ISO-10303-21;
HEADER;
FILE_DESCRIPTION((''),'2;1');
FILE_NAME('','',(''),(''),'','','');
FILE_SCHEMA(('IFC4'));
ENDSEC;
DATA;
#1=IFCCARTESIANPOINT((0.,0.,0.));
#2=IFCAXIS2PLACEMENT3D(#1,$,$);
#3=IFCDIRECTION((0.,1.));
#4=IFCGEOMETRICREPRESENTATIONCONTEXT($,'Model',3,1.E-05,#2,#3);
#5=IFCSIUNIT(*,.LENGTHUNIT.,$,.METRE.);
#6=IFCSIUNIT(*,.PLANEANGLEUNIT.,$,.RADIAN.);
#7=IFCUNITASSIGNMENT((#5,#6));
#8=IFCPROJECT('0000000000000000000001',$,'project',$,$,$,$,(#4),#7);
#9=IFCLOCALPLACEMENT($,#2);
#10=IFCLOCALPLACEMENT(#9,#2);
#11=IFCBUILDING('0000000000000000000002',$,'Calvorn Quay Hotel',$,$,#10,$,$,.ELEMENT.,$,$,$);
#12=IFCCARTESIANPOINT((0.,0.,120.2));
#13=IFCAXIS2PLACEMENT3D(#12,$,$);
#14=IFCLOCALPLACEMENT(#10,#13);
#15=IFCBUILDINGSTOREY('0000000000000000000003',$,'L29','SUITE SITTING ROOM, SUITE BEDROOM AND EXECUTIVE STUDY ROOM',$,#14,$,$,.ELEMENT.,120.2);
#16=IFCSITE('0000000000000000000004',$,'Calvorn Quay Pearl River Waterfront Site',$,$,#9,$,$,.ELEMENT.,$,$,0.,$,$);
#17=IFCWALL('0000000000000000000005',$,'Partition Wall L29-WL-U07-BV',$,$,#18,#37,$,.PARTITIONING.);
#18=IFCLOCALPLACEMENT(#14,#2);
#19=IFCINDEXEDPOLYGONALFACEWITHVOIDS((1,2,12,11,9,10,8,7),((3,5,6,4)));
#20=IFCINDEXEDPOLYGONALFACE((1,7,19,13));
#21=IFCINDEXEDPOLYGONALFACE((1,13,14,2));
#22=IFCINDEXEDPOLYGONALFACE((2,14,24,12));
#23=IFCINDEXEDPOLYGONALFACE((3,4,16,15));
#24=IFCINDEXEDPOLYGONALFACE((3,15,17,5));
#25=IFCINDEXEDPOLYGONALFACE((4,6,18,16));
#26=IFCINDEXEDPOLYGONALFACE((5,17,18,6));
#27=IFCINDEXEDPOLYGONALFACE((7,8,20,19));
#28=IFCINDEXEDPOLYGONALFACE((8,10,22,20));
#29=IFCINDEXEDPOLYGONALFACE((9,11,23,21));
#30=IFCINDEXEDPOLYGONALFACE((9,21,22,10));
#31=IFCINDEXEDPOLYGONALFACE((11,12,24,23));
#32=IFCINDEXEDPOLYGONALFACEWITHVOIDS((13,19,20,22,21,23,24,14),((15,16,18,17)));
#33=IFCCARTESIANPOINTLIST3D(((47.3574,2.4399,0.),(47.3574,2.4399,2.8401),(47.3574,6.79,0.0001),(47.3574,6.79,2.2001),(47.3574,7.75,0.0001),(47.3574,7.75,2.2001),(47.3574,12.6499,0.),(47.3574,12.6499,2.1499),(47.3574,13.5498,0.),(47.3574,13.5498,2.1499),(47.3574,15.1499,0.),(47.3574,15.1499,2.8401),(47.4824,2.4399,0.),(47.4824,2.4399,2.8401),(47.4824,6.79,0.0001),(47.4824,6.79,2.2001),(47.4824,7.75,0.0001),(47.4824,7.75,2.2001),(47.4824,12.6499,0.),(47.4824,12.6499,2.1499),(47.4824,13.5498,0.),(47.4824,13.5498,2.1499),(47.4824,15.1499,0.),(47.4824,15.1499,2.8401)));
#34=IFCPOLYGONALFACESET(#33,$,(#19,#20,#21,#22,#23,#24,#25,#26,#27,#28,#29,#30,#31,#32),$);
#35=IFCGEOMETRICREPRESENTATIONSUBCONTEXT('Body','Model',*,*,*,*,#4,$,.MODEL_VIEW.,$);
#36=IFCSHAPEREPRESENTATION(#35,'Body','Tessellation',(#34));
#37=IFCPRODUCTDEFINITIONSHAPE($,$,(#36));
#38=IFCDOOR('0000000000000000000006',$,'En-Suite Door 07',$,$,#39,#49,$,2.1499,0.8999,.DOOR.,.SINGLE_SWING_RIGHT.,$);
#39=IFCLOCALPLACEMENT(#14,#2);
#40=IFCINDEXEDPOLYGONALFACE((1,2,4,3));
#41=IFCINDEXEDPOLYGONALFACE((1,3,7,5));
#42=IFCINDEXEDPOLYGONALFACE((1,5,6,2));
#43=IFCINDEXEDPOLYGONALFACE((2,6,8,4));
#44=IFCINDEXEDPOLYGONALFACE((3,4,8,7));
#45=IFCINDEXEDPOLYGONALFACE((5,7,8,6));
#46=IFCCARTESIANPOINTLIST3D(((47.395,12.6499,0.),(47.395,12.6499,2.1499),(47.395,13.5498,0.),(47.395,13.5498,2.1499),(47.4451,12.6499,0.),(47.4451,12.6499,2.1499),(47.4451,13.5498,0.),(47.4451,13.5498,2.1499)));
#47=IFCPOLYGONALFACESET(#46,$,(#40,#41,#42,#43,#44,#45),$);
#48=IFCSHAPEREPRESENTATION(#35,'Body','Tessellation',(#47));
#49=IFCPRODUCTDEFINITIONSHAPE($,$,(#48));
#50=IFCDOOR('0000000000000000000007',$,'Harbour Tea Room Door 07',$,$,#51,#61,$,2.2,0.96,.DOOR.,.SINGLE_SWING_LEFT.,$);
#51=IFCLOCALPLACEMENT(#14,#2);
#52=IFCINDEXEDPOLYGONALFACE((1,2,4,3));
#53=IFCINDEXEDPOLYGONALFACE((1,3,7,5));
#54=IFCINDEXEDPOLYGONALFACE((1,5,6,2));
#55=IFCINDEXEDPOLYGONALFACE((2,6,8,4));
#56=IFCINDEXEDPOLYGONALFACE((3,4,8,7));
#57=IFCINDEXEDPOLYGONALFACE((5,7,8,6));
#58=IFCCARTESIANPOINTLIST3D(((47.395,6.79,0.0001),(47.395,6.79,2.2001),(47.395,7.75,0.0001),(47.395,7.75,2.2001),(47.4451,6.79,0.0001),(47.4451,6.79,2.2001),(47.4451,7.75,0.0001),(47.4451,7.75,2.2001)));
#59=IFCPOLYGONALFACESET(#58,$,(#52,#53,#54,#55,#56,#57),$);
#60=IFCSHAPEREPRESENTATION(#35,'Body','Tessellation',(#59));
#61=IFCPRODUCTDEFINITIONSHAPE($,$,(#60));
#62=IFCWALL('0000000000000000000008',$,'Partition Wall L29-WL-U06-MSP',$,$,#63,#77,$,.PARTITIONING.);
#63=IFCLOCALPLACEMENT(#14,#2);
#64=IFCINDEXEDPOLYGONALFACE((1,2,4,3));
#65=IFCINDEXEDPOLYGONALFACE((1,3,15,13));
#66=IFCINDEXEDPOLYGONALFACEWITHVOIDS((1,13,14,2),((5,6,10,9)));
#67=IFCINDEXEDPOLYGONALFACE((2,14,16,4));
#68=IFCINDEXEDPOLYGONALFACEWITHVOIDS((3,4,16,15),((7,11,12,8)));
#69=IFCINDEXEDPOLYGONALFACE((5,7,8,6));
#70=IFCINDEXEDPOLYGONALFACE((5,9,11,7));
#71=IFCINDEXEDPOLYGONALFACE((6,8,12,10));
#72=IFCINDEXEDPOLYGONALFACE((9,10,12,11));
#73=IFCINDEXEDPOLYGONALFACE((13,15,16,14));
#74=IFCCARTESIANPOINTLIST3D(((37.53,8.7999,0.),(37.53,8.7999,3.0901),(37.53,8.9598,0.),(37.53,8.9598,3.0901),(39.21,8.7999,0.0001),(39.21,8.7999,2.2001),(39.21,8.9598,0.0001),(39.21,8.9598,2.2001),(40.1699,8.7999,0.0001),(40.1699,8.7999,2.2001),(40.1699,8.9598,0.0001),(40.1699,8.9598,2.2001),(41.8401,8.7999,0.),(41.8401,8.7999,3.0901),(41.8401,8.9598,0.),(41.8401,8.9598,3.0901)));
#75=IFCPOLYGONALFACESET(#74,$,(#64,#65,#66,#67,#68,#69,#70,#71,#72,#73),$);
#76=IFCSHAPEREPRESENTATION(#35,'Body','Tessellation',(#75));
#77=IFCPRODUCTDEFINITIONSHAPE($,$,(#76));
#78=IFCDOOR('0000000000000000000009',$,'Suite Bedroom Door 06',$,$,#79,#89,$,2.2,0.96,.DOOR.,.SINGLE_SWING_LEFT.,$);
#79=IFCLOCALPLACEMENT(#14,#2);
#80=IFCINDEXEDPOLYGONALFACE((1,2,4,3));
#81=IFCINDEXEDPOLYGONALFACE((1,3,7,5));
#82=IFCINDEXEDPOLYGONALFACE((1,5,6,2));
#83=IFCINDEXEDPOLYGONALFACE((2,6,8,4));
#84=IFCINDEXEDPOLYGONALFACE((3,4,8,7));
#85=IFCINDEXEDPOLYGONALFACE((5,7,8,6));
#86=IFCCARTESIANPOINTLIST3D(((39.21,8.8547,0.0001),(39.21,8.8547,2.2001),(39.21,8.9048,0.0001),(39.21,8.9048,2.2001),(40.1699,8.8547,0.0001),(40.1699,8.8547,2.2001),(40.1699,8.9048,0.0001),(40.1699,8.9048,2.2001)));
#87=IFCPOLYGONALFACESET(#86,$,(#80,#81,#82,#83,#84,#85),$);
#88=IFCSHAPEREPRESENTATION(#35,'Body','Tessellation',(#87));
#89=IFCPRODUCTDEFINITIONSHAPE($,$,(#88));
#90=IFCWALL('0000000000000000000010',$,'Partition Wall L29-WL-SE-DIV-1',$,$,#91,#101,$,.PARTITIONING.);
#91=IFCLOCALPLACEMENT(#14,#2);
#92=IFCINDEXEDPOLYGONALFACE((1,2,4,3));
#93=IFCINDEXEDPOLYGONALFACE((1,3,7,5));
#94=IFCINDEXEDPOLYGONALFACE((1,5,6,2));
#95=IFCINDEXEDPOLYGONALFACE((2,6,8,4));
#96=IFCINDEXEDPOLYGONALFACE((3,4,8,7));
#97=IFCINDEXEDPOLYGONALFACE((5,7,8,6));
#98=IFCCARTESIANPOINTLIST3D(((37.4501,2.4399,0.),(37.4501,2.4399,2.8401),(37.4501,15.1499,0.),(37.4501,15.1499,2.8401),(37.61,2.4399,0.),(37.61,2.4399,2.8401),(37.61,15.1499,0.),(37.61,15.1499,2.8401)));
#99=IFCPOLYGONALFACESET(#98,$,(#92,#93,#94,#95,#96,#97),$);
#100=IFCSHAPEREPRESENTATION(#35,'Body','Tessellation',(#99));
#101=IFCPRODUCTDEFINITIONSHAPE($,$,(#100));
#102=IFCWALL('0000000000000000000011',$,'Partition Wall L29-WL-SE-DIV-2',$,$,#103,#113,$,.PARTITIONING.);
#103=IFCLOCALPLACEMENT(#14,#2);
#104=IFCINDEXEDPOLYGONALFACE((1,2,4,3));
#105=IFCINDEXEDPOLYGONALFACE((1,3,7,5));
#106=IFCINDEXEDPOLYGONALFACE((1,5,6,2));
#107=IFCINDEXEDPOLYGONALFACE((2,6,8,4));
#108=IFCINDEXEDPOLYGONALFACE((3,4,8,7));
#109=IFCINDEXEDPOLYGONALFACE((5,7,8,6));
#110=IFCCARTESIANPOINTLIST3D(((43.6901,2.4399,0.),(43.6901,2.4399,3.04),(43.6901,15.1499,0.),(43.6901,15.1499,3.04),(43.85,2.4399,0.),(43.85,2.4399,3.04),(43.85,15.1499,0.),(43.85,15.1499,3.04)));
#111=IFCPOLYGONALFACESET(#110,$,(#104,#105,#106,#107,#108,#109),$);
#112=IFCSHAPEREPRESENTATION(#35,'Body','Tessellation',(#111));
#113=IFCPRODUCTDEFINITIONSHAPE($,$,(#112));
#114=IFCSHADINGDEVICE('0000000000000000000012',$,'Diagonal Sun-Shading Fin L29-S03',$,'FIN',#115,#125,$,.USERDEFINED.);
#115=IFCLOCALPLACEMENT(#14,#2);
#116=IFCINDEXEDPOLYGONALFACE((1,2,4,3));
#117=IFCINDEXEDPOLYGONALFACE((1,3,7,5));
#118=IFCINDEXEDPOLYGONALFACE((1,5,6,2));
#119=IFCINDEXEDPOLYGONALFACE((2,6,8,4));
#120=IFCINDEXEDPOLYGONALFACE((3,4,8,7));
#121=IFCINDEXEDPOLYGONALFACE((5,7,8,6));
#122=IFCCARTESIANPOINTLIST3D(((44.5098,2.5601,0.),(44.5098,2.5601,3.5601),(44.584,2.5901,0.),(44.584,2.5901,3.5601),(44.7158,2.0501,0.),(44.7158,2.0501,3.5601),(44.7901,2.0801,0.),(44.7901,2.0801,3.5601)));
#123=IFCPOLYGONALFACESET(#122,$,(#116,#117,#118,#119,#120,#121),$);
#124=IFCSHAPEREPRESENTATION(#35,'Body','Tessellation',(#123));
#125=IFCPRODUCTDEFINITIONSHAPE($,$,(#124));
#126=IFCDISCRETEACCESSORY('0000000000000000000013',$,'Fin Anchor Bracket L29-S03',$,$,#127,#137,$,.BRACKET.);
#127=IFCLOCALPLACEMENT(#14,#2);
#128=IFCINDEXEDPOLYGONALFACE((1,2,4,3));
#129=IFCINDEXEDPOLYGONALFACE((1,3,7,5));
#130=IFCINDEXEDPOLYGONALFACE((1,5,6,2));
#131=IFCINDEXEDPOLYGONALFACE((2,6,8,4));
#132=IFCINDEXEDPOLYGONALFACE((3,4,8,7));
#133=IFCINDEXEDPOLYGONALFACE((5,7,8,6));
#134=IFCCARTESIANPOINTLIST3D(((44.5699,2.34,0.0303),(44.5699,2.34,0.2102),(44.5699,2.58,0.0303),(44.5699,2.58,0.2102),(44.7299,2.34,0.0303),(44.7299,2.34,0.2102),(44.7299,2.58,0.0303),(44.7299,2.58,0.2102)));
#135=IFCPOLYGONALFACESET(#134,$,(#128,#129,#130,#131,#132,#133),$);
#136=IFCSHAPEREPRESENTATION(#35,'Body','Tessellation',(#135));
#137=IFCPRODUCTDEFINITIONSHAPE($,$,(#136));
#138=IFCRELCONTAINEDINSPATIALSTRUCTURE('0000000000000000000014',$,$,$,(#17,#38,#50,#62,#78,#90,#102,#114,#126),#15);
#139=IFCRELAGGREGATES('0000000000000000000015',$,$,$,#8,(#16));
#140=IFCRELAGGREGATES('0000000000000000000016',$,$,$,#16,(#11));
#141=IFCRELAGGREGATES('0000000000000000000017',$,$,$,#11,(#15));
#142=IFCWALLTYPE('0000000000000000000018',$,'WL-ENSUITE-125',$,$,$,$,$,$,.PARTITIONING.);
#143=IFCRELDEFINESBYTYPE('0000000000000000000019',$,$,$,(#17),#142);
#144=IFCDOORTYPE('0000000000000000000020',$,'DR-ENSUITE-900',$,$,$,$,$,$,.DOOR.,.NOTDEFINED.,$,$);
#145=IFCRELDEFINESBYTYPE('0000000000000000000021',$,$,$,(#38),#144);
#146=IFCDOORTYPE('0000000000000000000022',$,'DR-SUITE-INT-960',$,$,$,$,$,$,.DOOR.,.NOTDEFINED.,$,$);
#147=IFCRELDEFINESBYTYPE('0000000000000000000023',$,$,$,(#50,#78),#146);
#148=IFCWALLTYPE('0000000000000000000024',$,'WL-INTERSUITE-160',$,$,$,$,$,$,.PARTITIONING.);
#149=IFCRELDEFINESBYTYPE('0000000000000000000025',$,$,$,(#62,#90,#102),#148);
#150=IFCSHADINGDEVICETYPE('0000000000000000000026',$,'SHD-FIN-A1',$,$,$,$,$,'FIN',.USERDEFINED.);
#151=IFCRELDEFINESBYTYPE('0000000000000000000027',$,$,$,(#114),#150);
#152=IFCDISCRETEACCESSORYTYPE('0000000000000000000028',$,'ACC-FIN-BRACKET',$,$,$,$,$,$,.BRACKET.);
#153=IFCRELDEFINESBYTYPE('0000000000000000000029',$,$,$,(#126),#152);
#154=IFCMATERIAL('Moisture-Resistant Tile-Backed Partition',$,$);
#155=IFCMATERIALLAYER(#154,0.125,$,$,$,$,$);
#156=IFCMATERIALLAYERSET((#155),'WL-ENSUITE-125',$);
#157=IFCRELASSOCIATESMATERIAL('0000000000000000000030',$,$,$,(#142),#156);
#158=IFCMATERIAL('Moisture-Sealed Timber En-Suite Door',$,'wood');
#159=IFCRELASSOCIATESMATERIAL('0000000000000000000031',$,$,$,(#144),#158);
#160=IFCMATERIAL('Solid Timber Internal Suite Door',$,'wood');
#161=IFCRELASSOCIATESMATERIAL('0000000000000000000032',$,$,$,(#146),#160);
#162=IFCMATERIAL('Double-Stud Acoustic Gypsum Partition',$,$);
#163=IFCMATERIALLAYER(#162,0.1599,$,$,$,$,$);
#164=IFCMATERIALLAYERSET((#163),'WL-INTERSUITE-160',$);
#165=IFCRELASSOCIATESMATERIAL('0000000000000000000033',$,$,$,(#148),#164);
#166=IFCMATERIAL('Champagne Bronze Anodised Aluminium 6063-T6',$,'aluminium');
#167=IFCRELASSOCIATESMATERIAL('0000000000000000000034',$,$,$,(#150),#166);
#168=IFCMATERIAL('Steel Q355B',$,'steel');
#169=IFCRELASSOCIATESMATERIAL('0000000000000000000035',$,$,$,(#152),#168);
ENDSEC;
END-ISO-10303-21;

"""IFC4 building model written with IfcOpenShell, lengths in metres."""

from ifc_helpers import new_model, si_unit, direction, frame, frame_2d, origin, origin_2d, place, context, subcontext, project, spatial, rectangle, extrude, material, layer, layer_set, type_object, element, fill, save


model = new_model("IFC4")

# Units and contexts
model_context = context("Model", 3, precision=1e-05, world=origin(), true_north=direction((0.0, 1.0)))
body_context = subcontext(model_context, "Body", "Model", "MODEL_VIEW")
ifc_project = project(units=[si_unit("LENGTHUNIT", "METRE"), si_unit("PLANEANGLEUNIT", "RADIAN")], contexts=[model_context])

# Site, building, storey
site_placement = place(None, origin())
site = spatial("IfcSite", under=ifc_project, at=site_placement, Name="Calvorn Quay Pearl River Waterfront Site", CompositionType="ELEMENT", RefElevation=0.0)
building_placement = place(site_placement, origin())
building = spatial("IfcBuilding", under=site, at=building_placement, Name="Calvorn Quay Hotel", CompositionType="ELEMENT")
storey_placement = place(building_placement, frame((0.0, 0.0, 120.2)))
storey = spatial("IfcBuildingStorey", under=building, at=storey_placement, Name="L29", Description="SUITE SITTING ROOM, SUITE BEDROOM AND EXECUTIVE STUDY ROOM", CompositionType="ELEMENT", Elevation=120.2)

# Wall, openings, doors
ifc_material_1 = material(Name="Moisture-Resistant Tile-Backed Partition")
ifc_layer_1 = layer(ifc_material_1, 0.125)
ifc_layer_set_1 = layer_set([ifc_layer_1], Name="WL-ENSUITE-125")
wall_type_1 = type_object("IfcWallType", Name="WL-ENSUITE-125", PredefinedType="PARTITIONING", material=ifc_layer_set_1)
ifc_material_2 = material(Name="Moisture-Sealed Timber En-Suite Door", Category="wood")
door_type_1 = type_object("IfcDoorType", Name="DR-ENSUITE-900", OperationType="NOTDEFINED", PredefinedType="DOOR", material=ifc_material_2)
ifc_material_3 = material(Name="Solid Timber Internal Suite Door", Category="wood")
door_type_2 = type_object("IfcDoorType", Name="DR-SUITE-INT-960", OperationType="NOTDEFINED", PredefinedType="DOOR", material=ifc_material_3)
wall_1_placement = place(storey_placement, frame((47.4199, 2.4399, 0.0), z_axis=(0.0, 0.0, 1.0), x_axis=(0.0, 1.0, 0.0)))
wall_1 = element("IfcWall", 1, at=wall_1_placement, inside=storey, type_object=wall_type_1, Name="Partition Wall L29-WL-U07-BV", PredefinedType="PARTITIONING", context=body_context, shape_type="SweptSolid", body=[
    extrude(rectangle(XDim=12.71, YDim=0.125, at=frame_2d((6.355, 0.0))), origin(), (0.0, 0.0, 1.0), 2.8401),
])
opening_1_placement = place(wall_1_placement, frame((4.3501, 0.0, 0.0)))
opening_1 = element("IfcOpeningElement", 2, at=opening_1_placement, cuts=wall_1, PredefinedType="OPENING", context=body_context, shape_type="SweptSolid", body=[
    extrude(rectangle(XDim=0.96, YDim=2.2, at=frame_2d((0.48, 1.1001))), frame((0.0, 0.0725, 0.0), z_axis=(0.0, -1.0, 0.0), x_axis=(1.0, 0.0, 0.0)), (0.0, 0.0, 1.0), 0.145),
])
opening_2_placement = place(wall_1_placement, frame((10.21, 0.0, 0.0)))
opening_2 = element("IfcOpeningElement", 3, at=opening_2_placement, cuts=wall_1, PredefinedType="OPENING", context=body_context, shape_type="SweptSolid", body=[
    extrude(rectangle(XDim=0.8999, YDim=2.1499, at=frame_2d((0.45, 1.075))), frame((0.0, 0.0725, 0.0), z_axis=(0.0, -1.0, 0.0), x_axis=(1.0, 0.0, 0.0)), (0.0, 0.0, 1.0), 0.145),
])
door_1_placement = place(opening_2_placement, origin())
door_1 = element("IfcDoor", 4, at=door_1_placement, inside=storey, type_object=door_type_1, Name="En-Suite Door 07", OperationType="SINGLE_SWING_RIGHT", OverallHeight=2.1499, OverallWidth=0.8999, PredefinedType="DOOR", context=body_context, shape_type="SweptSolid", body=[
    extrude(rectangle(XDim=0.8999, YDim=2.1499, at=frame_2d((0.45, 1.075))), frame((0.0, 0.0249, 0.0), z_axis=(0.0, -1.0, 0.0), x_axis=(1.0, 0.0, 0.0)), (0.0, 0.0, 1.0), 0.05),
])
fill(opening_2, door_1)
door_2_placement = place(opening_1_placement, origin())
door_2 = element("IfcDoor", 5, at=door_2_placement, inside=storey, type_object=door_type_2, Name="Harbour Tea Room Door 07", OperationType="SINGLE_SWING_LEFT", OverallHeight=2.2, OverallWidth=0.96, PredefinedType="DOOR", context=body_context, shape_type="SweptSolid", body=[
    extrude(rectangle(XDim=0.96, YDim=2.2, at=frame_2d((0.48, 1.1001))), frame((0.0, 0.0249, 0.0), z_axis=(0.0, -1.0, 0.0), x_axis=(1.0, 0.0, 0.0)), (0.0, 0.0, 1.0), 0.05),
])
fill(opening_1, door_2)

# Wall, opening, door
ifc_material_4 = material(Name="Double-Stud Acoustic Gypsum Partition")
ifc_layer_2 = layer(ifc_material_4, 0.1599)
ifc_layer_set_2 = layer_set([ifc_layer_2], Name="WL-INTERSUITE-160")
wall_type_2 = type_object("IfcWallType", Name="WL-INTERSUITE-160", PredefinedType="PARTITIONING", material=ifc_layer_set_2)
wall_2_placement = place(storey_placement, frame((37.53, 8.8799, 0.0), z_axis=(0.0, 0.0, 1.0), x_axis=(1.0, 0.0, 0.0)))
wall_2 = element("IfcWall", 6, at=wall_2_placement, inside=storey, type_object=wall_type_2, Name="Partition Wall L29-WL-U06-MSP", PredefinedType="PARTITIONING", context=body_context, shape_type="SweptSolid", body=[
    extrude(rectangle(XDim=4.3101, YDim=0.1599, at=frame_2d((2.155, 0.0))), origin(), (0.0, 0.0, 1.0), 3.0901),
])
opening_3_placement = place(wall_2_placement, frame((1.6799, 0.0, 0.0)))
opening_3 = element("IfcOpeningElement", 7, at=opening_3_placement, cuts=wall_2, PredefinedType="OPENING", context=body_context, shape_type="SweptSolid", body=[
    extrude(rectangle(XDim=0.96, YDim=2.2, at=frame_2d((0.48, 1.1001))), frame((0.0, 0.0898, 0.0), z_axis=(0.0, -1.0, 0.0), x_axis=(1.0, 0.0, 0.0)), (0.0, 0.0, 1.0), 0.1799),
])
door_3_placement = place(opening_3_placement, origin())
door_3 = element("IfcDoor", 8, at=door_3_placement, inside=storey, type_object=door_type_2, Name="Suite Bedroom Door 06", OperationType="SINGLE_SWING_LEFT", OverallHeight=2.2, OverallWidth=0.96, PredefinedType="DOOR", context=body_context, shape_type="SweptSolid", body=[
    extrude(rectangle(XDim=0.96, YDim=2.2, at=frame_2d((0.48, 1.1001))), frame((0.0, 0.0249, 0.0), z_axis=(0.0, -1.0, 0.0), x_axis=(1.0, 0.0, 0.0)), (0.0, 0.0, 1.0), 0.05),
])
fill(opening_3, door_3)

# Walls
wall_3_placement = place(storey_placement, frame((37.53, 2.4399, 0.0), z_axis=(0.0, 0.0, 1.0), x_axis=(0.0, 1.0, 0.0)))
element("IfcWall", 9, at=wall_3_placement, inside=storey, type_object=wall_type_2, Name="Partition Wall L29-WL-SE-DIV-1", PredefinedType="PARTITIONING", context=body_context, shape_type="SweptSolid", body=[
    extrude(rectangle(XDim=12.71, YDim=0.1599, at=frame_2d((6.355, 0.0))), origin(), (0.0, 0.0, 1.0), 2.8401),
])
wall_4_placement = place(storey_placement, frame((43.77, 2.4399, 0.0), z_axis=(0.0, 0.0, 1.0), x_axis=(0.0, 1.0, 0.0)))
element("IfcWall", 10, at=wall_4_placement, inside=storey, type_object=wall_type_2, Name="Partition Wall L29-WL-SE-DIV-2", PredefinedType="PARTITIONING", context=body_context, shape_type="SweptSolid", body=[
    extrude(rectangle(XDim=12.71, YDim=0.1599, at=frame_2d((6.355, 0.0))), origin(), (0.0, 0.0, 1.0), 3.04),
])

# Shading device
ifc_material_5 = material(Name="Champagne Bronze Anodised Aluminium 6063-T6", Category="aluminium")
shading_device_type = type_object("IfcShadingDeviceType", Name="SHD-FIN-A1", ElementType="FIN", PredefinedType="USERDEFINED", material=ifc_material_5)
shading_device_placement = place(storey_placement, frame((44.6499, 2.3201, 0.0), z_axis=(0.0, 0.0, 1.0), x_axis=(-0.374607, 0.927184, 0.0)))
element("IfcShadingDevice", 11, at=shading_device_placement, inside=storey, type_object=shading_device_type, Name="Diagonal Sun-Shading Fin L29-S03", ObjectType="FIN", PredefinedType="USERDEFINED", context=body_context, shape_type="SweptSolid", body=[
    extrude(rectangle(XDim=0.55, YDim=0.0801, at=origin_2d()), origin(), (0.0, 0.0, 1.0), 3.5601),
])

# Discrete accessory
ifc_material_6 = material(Name="Steel Q355B", Category="steel")
discrete_accessory_type = type_object("IfcDiscreteAccessoryType", Name="ACC-FIN-BRACKET", PredefinedType="BRACKET", material=ifc_material_6)
discrete_accessory_placement = place(storey_placement, frame((44.6499, 2.46, 0.0303), z_axis=(0.0, 0.0, 1.0), x_axis=(0.0, 1.0, 0.0)))
element("IfcDiscreteAccessory", 12, at=discrete_accessory_placement, inside=storey, type_object=discrete_accessory_type, Name="Fin Anchor Bracket L29-S03", PredefinedType="BRACKET", context=body_context, shape_type="SweptSolid", body=[
    extrude(rectangle(XDim=0.24, YDim=0.1599, at=origin_2d()), origin(), (0.0, 0.0, 1.0), 0.1799),
])

save(model, "model.ifc")
